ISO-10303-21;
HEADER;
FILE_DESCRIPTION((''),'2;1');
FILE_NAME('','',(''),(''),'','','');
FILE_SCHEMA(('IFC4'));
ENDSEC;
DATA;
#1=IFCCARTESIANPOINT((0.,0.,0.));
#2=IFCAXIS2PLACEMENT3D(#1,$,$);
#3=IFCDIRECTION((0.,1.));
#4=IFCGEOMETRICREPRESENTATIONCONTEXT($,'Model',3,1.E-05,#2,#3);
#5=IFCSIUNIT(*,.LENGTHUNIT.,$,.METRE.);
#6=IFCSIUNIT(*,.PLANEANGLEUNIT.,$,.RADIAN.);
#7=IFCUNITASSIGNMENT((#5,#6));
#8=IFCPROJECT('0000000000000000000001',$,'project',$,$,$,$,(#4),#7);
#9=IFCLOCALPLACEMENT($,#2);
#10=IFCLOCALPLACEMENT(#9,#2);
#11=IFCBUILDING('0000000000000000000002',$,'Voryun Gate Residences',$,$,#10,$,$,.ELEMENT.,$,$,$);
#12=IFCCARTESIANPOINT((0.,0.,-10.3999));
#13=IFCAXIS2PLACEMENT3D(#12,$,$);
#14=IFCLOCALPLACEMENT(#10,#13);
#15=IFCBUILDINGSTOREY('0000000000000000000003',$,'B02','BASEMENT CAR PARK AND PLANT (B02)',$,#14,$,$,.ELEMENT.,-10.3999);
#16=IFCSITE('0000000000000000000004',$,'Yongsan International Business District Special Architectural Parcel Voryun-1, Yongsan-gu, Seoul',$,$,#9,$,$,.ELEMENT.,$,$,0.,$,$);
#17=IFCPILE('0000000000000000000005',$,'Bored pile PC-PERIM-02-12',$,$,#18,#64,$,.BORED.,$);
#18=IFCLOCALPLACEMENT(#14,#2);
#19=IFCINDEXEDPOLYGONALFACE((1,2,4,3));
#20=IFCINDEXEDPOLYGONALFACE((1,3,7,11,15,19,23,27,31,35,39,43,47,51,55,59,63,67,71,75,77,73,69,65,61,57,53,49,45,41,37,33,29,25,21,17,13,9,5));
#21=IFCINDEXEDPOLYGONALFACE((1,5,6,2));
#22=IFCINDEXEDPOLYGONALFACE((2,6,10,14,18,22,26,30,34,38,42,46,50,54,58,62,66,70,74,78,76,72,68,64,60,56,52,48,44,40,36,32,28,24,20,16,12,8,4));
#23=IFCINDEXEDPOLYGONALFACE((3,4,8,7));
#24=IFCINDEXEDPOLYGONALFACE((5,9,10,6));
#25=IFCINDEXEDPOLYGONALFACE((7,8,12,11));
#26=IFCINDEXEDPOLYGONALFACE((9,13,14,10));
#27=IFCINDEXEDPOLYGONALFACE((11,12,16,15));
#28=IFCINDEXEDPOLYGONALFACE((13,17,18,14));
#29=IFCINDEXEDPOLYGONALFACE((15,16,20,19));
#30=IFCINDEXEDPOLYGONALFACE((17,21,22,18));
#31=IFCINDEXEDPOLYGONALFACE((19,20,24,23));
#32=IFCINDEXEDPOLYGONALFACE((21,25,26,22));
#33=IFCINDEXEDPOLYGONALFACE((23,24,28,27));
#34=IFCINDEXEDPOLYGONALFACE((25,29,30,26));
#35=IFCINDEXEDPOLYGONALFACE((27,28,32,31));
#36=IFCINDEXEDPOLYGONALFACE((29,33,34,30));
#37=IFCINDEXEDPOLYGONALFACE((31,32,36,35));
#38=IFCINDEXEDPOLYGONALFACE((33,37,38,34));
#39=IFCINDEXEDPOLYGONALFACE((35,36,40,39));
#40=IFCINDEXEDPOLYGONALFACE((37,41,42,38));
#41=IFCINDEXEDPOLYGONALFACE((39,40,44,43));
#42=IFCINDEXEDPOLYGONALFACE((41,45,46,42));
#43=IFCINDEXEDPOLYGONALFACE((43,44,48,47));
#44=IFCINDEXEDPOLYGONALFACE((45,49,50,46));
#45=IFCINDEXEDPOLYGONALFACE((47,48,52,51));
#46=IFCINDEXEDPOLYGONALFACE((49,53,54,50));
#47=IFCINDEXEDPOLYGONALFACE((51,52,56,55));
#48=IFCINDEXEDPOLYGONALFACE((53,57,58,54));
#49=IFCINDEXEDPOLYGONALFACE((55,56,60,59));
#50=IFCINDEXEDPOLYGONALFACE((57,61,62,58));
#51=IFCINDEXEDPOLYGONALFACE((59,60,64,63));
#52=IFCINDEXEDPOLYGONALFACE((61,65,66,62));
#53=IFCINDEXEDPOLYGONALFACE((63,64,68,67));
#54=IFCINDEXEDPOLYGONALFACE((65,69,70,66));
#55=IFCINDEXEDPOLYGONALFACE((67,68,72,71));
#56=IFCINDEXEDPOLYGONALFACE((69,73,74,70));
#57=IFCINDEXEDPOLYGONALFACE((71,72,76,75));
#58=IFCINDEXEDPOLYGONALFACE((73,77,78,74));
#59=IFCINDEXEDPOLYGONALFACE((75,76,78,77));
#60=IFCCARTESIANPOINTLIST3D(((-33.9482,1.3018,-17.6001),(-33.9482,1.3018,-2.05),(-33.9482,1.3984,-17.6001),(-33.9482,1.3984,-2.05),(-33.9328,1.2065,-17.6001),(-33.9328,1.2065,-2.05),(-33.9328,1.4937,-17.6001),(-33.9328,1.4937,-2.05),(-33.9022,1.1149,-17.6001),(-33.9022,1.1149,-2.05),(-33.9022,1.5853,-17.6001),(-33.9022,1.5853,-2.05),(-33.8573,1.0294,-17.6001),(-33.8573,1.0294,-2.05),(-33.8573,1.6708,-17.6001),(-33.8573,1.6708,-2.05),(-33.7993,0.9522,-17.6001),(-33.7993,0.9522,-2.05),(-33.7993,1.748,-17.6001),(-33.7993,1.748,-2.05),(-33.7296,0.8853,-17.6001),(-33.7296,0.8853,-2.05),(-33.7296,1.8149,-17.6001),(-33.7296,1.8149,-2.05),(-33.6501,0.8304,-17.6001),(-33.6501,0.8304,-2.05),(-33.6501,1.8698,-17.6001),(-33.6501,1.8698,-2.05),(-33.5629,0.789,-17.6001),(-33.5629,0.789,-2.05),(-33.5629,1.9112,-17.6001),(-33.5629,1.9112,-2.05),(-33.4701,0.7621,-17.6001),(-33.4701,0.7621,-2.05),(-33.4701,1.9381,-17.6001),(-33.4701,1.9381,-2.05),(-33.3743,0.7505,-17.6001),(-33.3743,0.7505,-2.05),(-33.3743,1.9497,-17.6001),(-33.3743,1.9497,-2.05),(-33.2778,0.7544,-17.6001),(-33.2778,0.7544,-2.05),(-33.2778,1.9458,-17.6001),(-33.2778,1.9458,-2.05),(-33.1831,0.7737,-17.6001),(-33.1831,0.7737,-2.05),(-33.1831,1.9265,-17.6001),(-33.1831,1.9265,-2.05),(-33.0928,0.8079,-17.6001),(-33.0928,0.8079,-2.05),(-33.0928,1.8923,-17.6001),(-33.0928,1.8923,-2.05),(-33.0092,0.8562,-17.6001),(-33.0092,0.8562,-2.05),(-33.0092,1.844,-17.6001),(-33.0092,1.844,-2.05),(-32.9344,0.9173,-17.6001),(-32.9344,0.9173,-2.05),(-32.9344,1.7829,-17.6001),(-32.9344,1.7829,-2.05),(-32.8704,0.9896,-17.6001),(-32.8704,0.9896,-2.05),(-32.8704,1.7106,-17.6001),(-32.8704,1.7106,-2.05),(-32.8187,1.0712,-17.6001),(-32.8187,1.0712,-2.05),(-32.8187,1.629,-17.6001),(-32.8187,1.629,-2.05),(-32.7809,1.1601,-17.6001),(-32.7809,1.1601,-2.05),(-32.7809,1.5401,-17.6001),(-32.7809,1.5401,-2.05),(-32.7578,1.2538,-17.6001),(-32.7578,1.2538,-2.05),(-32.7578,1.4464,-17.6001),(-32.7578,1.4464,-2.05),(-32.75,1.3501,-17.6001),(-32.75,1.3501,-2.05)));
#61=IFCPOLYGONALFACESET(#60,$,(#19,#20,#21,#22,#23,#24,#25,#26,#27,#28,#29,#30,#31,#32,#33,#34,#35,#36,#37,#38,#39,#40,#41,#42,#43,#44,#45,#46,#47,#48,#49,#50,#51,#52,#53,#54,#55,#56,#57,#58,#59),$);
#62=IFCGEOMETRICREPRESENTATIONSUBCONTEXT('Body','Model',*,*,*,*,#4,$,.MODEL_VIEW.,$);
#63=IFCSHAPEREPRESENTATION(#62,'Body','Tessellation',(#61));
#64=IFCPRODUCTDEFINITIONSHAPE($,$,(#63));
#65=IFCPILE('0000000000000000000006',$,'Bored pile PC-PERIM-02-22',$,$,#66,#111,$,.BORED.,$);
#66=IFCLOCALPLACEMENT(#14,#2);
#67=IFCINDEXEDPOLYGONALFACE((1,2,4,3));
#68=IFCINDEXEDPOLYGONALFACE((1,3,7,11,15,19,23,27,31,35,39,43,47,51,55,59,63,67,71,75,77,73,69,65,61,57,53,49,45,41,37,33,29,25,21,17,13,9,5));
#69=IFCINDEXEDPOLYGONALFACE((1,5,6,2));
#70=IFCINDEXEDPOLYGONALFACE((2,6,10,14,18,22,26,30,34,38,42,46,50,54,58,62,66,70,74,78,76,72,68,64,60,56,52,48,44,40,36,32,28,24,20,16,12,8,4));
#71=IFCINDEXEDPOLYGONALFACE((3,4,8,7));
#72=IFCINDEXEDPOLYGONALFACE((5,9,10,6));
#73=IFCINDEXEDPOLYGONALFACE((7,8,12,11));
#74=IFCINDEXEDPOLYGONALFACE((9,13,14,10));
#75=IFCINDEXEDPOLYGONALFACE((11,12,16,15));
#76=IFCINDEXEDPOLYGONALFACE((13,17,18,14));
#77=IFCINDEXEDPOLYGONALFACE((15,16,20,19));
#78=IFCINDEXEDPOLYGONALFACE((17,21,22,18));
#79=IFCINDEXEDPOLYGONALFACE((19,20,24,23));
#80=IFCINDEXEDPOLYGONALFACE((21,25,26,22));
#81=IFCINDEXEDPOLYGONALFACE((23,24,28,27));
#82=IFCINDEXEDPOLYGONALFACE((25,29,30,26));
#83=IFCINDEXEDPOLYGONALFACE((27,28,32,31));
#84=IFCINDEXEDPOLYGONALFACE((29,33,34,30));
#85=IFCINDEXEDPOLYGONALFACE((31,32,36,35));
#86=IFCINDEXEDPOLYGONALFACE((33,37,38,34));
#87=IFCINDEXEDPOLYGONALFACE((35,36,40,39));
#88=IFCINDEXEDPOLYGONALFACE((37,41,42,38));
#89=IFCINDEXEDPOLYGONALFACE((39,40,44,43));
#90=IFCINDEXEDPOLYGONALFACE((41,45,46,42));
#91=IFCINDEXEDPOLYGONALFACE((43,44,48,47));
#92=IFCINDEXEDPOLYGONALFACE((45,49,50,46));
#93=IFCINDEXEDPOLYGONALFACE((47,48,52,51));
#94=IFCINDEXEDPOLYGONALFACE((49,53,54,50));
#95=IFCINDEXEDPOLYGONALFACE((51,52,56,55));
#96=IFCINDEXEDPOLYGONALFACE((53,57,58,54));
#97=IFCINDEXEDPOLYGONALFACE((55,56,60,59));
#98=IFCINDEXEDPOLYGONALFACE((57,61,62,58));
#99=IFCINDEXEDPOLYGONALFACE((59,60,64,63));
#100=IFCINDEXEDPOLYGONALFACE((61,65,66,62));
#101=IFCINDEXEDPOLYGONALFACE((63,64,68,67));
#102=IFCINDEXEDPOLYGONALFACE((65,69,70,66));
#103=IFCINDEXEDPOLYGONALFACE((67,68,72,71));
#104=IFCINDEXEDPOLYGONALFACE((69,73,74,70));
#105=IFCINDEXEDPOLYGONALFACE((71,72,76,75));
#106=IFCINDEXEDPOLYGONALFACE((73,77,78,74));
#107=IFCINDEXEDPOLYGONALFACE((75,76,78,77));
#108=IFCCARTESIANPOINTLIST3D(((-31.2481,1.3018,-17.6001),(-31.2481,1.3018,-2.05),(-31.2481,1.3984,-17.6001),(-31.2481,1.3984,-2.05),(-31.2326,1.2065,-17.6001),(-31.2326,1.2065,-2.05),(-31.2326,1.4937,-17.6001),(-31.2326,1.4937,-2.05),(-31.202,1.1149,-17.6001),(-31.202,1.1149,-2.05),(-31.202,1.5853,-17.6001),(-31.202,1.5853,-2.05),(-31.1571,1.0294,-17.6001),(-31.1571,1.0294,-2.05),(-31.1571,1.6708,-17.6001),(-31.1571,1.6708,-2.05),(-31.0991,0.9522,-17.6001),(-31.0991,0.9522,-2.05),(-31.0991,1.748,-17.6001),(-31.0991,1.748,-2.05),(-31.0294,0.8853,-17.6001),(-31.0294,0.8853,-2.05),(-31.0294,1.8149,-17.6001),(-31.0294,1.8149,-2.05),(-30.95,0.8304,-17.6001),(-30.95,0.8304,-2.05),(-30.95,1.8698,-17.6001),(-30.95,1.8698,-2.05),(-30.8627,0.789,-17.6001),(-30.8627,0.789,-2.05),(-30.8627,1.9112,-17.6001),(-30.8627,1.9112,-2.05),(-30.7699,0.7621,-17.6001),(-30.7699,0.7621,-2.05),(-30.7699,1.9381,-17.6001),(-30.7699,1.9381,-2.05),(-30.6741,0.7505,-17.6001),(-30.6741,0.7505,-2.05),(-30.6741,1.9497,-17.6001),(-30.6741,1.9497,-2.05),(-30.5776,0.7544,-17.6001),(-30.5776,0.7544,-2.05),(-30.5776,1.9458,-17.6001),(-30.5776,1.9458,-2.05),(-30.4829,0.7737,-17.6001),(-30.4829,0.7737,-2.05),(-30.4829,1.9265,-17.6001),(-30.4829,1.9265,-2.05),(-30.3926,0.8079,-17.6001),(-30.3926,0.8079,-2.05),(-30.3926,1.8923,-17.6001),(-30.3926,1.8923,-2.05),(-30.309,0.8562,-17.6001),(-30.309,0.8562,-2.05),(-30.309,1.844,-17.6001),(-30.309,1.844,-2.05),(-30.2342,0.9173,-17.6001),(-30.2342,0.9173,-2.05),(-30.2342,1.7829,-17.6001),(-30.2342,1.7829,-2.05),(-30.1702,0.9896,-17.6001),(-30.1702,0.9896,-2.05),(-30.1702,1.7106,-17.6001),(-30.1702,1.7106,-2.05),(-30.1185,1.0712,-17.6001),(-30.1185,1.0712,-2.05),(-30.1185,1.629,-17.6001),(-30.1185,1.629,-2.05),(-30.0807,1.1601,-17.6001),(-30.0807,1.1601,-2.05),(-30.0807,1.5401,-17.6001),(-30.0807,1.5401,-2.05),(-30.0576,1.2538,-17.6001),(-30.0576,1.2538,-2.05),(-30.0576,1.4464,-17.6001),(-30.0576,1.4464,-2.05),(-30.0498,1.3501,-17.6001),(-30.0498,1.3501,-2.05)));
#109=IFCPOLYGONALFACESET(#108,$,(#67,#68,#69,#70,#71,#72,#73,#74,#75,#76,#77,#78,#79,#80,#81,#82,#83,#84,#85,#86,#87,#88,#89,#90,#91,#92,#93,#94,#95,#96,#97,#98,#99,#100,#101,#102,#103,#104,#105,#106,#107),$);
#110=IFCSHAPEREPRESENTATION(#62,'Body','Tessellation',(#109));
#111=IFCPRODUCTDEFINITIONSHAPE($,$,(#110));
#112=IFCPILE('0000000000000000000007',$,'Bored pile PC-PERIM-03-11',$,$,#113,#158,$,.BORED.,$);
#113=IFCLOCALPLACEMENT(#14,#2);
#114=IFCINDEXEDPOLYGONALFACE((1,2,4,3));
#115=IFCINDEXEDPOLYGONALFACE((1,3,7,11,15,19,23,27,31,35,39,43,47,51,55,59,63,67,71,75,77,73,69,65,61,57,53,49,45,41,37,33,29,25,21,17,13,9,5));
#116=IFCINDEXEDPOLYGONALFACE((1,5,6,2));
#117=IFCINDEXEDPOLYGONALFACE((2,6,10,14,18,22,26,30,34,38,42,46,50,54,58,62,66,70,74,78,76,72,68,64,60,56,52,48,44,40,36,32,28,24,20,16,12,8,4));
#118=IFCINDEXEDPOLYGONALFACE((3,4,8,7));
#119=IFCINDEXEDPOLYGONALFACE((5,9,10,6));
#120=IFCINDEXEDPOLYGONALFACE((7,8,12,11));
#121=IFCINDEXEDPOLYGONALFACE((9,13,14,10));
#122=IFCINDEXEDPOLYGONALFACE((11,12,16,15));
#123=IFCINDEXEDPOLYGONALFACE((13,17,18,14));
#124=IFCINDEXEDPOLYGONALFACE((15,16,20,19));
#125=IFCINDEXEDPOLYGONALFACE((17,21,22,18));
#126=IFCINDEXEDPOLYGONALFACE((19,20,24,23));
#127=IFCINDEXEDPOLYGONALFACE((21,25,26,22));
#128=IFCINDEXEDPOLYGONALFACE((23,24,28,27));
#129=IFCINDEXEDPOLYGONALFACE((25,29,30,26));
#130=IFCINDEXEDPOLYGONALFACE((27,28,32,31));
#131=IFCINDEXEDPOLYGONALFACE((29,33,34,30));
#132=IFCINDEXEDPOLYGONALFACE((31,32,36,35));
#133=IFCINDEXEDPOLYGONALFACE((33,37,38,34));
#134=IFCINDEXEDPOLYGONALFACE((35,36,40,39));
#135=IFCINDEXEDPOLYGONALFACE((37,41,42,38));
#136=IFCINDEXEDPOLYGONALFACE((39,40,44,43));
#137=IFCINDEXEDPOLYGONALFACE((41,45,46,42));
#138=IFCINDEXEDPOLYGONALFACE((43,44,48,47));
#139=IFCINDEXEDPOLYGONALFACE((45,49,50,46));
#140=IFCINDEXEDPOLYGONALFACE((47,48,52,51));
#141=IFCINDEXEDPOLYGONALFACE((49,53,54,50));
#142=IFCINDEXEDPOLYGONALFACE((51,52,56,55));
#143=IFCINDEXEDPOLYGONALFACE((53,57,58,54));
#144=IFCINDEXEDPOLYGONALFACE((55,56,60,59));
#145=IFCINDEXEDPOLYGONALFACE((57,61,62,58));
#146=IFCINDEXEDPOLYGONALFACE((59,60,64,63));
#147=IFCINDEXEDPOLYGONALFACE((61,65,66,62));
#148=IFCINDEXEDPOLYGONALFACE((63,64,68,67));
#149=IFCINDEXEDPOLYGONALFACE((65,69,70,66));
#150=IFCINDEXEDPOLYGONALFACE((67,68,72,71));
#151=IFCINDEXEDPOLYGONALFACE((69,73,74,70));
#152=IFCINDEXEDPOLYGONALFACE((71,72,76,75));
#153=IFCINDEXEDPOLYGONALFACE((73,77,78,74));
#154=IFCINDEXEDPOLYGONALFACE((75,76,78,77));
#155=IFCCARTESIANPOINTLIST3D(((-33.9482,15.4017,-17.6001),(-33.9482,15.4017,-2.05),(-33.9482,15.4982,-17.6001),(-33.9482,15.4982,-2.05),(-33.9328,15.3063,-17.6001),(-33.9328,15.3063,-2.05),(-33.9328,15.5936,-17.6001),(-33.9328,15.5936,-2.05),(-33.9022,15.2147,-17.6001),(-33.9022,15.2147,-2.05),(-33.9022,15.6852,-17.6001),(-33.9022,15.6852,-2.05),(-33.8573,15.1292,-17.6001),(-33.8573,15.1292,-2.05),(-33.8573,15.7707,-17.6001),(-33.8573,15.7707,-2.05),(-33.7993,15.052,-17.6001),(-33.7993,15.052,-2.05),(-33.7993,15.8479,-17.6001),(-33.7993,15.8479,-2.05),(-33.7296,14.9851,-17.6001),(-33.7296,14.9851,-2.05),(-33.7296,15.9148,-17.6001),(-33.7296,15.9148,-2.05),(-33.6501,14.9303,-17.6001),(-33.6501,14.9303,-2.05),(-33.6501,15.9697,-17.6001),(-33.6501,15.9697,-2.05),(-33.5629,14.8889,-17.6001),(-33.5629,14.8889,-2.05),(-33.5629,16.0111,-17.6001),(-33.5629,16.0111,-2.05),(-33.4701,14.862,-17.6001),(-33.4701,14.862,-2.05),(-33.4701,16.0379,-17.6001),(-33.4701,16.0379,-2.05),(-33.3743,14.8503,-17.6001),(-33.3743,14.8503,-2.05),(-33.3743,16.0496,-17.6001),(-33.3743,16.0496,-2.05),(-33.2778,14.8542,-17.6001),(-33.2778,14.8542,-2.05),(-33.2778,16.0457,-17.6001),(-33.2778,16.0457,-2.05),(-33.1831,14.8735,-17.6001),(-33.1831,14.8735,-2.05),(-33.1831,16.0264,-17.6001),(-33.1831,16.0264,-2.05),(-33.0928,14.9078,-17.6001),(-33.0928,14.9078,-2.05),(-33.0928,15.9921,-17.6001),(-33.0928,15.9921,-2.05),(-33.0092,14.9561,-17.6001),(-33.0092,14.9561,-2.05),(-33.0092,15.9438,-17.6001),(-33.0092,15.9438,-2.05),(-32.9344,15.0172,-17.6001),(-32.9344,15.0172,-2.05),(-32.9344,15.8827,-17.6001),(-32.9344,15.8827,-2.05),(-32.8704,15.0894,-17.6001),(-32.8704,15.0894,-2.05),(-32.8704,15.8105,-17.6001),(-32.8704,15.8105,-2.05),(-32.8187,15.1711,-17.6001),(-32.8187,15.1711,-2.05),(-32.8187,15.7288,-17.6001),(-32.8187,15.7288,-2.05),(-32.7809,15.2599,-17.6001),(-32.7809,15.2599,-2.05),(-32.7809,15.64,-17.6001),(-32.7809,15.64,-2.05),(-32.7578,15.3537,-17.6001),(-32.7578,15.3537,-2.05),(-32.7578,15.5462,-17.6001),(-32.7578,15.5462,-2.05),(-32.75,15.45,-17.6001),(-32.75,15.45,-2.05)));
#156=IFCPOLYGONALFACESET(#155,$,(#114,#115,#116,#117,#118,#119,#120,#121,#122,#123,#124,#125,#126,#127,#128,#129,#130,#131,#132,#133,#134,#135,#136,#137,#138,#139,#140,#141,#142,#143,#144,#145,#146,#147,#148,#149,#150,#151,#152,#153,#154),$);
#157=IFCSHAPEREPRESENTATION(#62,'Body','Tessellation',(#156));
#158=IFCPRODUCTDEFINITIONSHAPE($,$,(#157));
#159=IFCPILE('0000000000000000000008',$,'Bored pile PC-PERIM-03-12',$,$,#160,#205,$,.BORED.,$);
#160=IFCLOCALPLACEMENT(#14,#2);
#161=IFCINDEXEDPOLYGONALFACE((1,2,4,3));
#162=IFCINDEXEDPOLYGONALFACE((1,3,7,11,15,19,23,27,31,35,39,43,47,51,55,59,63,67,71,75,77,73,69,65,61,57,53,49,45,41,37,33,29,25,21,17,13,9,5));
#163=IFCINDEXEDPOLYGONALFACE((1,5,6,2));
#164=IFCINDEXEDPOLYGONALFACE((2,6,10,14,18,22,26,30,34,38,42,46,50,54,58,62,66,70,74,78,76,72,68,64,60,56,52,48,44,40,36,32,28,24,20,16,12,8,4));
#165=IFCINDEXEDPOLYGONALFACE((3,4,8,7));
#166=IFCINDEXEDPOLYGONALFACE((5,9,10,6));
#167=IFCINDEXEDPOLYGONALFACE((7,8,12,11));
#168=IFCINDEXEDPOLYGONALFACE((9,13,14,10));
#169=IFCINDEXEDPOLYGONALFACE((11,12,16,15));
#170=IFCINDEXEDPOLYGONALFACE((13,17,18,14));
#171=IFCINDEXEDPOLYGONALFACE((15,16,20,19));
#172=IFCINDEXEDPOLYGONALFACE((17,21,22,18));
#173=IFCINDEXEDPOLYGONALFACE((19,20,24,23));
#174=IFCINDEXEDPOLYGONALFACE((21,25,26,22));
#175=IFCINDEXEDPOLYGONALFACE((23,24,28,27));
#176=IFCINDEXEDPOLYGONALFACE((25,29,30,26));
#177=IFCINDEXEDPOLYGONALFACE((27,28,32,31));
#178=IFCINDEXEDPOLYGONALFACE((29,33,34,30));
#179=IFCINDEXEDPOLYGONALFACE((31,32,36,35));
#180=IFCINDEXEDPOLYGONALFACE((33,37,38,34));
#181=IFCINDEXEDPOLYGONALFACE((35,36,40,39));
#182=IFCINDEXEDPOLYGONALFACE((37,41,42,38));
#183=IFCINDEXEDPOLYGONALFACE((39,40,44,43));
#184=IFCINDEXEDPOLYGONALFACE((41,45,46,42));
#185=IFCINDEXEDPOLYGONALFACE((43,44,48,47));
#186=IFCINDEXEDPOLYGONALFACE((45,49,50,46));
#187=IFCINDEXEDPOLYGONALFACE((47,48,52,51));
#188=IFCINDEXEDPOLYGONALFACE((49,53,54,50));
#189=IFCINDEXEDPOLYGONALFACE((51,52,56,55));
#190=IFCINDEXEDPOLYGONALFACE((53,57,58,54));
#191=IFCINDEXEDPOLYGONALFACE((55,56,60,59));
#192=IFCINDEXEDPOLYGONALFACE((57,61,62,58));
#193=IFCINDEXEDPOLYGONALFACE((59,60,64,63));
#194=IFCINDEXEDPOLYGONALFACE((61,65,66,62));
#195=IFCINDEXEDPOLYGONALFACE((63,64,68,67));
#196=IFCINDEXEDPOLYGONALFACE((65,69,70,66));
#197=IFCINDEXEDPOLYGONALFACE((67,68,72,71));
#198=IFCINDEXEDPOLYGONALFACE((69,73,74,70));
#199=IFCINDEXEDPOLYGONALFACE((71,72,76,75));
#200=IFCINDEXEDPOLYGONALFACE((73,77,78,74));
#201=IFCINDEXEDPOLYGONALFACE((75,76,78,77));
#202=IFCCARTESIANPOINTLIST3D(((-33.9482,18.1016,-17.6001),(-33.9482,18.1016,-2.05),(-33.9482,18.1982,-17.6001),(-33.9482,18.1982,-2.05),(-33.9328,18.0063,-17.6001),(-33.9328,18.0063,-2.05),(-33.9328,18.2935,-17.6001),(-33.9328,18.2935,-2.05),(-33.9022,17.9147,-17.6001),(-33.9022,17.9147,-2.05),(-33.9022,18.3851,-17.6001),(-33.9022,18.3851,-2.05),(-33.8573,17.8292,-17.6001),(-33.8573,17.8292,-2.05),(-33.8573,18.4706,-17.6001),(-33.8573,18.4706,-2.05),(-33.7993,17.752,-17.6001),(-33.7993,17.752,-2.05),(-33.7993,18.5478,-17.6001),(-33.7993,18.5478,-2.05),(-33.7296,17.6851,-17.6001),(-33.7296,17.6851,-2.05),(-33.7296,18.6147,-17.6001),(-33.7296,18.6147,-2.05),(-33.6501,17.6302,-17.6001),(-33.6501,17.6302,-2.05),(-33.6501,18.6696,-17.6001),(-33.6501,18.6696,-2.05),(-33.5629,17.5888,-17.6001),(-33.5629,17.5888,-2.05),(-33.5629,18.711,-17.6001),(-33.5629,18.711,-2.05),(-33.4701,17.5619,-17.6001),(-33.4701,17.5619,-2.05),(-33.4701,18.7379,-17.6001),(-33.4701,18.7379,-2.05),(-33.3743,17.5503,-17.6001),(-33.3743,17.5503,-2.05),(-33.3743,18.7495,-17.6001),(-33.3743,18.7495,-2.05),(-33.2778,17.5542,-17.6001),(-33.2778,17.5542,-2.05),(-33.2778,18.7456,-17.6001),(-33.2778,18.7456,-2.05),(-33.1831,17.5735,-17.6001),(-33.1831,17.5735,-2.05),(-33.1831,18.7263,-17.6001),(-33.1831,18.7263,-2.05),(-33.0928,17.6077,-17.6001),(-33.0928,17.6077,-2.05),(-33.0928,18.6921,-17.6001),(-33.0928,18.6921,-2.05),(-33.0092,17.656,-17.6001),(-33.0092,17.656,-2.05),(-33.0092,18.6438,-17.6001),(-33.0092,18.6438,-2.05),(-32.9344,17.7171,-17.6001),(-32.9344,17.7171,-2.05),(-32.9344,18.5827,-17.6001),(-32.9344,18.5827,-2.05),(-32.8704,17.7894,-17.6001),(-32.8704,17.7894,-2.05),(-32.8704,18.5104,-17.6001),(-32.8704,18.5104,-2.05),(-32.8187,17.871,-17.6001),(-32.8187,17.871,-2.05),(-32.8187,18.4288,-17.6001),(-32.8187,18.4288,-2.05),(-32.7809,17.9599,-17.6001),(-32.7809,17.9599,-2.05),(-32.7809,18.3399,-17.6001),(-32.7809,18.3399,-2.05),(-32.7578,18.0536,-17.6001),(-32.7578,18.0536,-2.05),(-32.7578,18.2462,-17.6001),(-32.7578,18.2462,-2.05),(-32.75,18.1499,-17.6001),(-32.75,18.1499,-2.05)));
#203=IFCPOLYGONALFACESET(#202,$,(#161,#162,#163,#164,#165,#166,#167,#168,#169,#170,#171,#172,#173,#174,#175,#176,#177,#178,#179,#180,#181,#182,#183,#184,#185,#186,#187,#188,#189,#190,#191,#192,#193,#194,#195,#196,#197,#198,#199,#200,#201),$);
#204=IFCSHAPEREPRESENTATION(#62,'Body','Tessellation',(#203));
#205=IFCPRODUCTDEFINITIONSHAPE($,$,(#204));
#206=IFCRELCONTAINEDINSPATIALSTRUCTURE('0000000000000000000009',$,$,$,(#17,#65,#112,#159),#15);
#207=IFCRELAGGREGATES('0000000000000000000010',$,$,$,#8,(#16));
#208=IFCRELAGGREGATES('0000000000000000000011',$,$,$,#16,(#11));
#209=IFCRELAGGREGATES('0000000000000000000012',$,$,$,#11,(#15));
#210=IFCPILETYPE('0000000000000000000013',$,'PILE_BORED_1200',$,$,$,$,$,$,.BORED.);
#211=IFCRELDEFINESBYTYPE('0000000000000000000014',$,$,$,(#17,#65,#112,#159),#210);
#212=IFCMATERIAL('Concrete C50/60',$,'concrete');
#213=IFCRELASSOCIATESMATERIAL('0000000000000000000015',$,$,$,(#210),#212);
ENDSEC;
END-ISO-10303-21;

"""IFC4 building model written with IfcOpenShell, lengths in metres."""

from ifc_helpers import new_model, si_unit, direction, frame, origin, origin_2d, place, context, subcontext, project, spatial, circle, extrude, material, material_profile, profile_set, type_object, element, save


model = new_model("IFC4")

# Units and contexts
model_context = context("Model", 3, precision=1e-05, world=origin(), true_north=direction((0.0, 1.0)))
body_context = subcontext(model_context, "Body", "Model", "MODEL_VIEW")
ifc_project = project(units=[si_unit("LENGTHUNIT", "METRE"), si_unit("PLANEANGLEUNIT", "RADIAN")], contexts=[model_context])

# Site, building, storey
site_placement = place(None, origin())
site = spatial("IfcSite", under=ifc_project, at=site_placement, Name="Yongsan International Business District Special Architectural Parcel Voryun-1, Yongsan-gu, Seoul", CompositionType="ELEMENT", RefElevation=0.0)
building_placement = place(site_placement, origin())
building = spatial("IfcBuilding", under=site, at=building_placement, Name="Voryun Gate Residences", CompositionType="ELEMENT")
storey_placement = place(building_placement, frame((0.0, 0.0, -10.3999)))
storey = spatial("IfcBuildingStorey", under=building, at=storey_placement, Name="B02", Description="BASEMENT CAR PARK AND PLANT (B02)", CompositionType="ELEMENT", Elevation=-10.3999)

# Piles
ifc_material_1 = material(Name="Concrete C50/60", Category="concrete")
ifc_material_profile_1 = material_profile(ifc_material_1, circle(Radius=0.6001, at=origin_2d()), Name="PILE-D1200")
ifc_profile_set_1 = profile_set([ifc_material_profile_1], Name="Concrete C50/60")
pile_type = type_object("IfcPileType", Name="PILE_BORED_1200", PredefinedType="BORED", material=ifc_profile_set_1)
for number, where, z_axis, x_axis, name in (
    (1, (-33.3501, 1.3501, -2.05), (0.0, 0.0, -1.0), (1.0, 0.0, 0.0), "Bored pile PC-PERIM-02-12"),
    (2, (-30.6499, 1.3501, -2.05), (0.0, 0.0, -1.0), (1.0, 0.0, 0.0), "Bored pile PC-PERIM-02-22"),
    (3, (-33.3501, 15.45, -2.05), (0.0, 0.0, -1.0), (1.0, 0.0, 0.0), "Bored pile PC-PERIM-03-11"),
    (4, (-33.3501, 18.1499, -2.05), (0.0, 0.0, -1.0), (1.0, 0.0, 0.0), "Bored pile PC-PERIM-03-12"),
):
    element("IfcPile", number, at=place(storey_placement, frame(where, z_axis=z_axis, x_axis=x_axis)), inside=storey, type_object=pile_type, Name=name, PredefinedType="BORED", context=body_context, shape_type="SweptSolid", body=[
        extrude(circle(Radius=0.6001, at=origin_2d()), origin(), (0.0, 0.0, 1.0), 15.55),
    ])

save(model, "model.ifc")
